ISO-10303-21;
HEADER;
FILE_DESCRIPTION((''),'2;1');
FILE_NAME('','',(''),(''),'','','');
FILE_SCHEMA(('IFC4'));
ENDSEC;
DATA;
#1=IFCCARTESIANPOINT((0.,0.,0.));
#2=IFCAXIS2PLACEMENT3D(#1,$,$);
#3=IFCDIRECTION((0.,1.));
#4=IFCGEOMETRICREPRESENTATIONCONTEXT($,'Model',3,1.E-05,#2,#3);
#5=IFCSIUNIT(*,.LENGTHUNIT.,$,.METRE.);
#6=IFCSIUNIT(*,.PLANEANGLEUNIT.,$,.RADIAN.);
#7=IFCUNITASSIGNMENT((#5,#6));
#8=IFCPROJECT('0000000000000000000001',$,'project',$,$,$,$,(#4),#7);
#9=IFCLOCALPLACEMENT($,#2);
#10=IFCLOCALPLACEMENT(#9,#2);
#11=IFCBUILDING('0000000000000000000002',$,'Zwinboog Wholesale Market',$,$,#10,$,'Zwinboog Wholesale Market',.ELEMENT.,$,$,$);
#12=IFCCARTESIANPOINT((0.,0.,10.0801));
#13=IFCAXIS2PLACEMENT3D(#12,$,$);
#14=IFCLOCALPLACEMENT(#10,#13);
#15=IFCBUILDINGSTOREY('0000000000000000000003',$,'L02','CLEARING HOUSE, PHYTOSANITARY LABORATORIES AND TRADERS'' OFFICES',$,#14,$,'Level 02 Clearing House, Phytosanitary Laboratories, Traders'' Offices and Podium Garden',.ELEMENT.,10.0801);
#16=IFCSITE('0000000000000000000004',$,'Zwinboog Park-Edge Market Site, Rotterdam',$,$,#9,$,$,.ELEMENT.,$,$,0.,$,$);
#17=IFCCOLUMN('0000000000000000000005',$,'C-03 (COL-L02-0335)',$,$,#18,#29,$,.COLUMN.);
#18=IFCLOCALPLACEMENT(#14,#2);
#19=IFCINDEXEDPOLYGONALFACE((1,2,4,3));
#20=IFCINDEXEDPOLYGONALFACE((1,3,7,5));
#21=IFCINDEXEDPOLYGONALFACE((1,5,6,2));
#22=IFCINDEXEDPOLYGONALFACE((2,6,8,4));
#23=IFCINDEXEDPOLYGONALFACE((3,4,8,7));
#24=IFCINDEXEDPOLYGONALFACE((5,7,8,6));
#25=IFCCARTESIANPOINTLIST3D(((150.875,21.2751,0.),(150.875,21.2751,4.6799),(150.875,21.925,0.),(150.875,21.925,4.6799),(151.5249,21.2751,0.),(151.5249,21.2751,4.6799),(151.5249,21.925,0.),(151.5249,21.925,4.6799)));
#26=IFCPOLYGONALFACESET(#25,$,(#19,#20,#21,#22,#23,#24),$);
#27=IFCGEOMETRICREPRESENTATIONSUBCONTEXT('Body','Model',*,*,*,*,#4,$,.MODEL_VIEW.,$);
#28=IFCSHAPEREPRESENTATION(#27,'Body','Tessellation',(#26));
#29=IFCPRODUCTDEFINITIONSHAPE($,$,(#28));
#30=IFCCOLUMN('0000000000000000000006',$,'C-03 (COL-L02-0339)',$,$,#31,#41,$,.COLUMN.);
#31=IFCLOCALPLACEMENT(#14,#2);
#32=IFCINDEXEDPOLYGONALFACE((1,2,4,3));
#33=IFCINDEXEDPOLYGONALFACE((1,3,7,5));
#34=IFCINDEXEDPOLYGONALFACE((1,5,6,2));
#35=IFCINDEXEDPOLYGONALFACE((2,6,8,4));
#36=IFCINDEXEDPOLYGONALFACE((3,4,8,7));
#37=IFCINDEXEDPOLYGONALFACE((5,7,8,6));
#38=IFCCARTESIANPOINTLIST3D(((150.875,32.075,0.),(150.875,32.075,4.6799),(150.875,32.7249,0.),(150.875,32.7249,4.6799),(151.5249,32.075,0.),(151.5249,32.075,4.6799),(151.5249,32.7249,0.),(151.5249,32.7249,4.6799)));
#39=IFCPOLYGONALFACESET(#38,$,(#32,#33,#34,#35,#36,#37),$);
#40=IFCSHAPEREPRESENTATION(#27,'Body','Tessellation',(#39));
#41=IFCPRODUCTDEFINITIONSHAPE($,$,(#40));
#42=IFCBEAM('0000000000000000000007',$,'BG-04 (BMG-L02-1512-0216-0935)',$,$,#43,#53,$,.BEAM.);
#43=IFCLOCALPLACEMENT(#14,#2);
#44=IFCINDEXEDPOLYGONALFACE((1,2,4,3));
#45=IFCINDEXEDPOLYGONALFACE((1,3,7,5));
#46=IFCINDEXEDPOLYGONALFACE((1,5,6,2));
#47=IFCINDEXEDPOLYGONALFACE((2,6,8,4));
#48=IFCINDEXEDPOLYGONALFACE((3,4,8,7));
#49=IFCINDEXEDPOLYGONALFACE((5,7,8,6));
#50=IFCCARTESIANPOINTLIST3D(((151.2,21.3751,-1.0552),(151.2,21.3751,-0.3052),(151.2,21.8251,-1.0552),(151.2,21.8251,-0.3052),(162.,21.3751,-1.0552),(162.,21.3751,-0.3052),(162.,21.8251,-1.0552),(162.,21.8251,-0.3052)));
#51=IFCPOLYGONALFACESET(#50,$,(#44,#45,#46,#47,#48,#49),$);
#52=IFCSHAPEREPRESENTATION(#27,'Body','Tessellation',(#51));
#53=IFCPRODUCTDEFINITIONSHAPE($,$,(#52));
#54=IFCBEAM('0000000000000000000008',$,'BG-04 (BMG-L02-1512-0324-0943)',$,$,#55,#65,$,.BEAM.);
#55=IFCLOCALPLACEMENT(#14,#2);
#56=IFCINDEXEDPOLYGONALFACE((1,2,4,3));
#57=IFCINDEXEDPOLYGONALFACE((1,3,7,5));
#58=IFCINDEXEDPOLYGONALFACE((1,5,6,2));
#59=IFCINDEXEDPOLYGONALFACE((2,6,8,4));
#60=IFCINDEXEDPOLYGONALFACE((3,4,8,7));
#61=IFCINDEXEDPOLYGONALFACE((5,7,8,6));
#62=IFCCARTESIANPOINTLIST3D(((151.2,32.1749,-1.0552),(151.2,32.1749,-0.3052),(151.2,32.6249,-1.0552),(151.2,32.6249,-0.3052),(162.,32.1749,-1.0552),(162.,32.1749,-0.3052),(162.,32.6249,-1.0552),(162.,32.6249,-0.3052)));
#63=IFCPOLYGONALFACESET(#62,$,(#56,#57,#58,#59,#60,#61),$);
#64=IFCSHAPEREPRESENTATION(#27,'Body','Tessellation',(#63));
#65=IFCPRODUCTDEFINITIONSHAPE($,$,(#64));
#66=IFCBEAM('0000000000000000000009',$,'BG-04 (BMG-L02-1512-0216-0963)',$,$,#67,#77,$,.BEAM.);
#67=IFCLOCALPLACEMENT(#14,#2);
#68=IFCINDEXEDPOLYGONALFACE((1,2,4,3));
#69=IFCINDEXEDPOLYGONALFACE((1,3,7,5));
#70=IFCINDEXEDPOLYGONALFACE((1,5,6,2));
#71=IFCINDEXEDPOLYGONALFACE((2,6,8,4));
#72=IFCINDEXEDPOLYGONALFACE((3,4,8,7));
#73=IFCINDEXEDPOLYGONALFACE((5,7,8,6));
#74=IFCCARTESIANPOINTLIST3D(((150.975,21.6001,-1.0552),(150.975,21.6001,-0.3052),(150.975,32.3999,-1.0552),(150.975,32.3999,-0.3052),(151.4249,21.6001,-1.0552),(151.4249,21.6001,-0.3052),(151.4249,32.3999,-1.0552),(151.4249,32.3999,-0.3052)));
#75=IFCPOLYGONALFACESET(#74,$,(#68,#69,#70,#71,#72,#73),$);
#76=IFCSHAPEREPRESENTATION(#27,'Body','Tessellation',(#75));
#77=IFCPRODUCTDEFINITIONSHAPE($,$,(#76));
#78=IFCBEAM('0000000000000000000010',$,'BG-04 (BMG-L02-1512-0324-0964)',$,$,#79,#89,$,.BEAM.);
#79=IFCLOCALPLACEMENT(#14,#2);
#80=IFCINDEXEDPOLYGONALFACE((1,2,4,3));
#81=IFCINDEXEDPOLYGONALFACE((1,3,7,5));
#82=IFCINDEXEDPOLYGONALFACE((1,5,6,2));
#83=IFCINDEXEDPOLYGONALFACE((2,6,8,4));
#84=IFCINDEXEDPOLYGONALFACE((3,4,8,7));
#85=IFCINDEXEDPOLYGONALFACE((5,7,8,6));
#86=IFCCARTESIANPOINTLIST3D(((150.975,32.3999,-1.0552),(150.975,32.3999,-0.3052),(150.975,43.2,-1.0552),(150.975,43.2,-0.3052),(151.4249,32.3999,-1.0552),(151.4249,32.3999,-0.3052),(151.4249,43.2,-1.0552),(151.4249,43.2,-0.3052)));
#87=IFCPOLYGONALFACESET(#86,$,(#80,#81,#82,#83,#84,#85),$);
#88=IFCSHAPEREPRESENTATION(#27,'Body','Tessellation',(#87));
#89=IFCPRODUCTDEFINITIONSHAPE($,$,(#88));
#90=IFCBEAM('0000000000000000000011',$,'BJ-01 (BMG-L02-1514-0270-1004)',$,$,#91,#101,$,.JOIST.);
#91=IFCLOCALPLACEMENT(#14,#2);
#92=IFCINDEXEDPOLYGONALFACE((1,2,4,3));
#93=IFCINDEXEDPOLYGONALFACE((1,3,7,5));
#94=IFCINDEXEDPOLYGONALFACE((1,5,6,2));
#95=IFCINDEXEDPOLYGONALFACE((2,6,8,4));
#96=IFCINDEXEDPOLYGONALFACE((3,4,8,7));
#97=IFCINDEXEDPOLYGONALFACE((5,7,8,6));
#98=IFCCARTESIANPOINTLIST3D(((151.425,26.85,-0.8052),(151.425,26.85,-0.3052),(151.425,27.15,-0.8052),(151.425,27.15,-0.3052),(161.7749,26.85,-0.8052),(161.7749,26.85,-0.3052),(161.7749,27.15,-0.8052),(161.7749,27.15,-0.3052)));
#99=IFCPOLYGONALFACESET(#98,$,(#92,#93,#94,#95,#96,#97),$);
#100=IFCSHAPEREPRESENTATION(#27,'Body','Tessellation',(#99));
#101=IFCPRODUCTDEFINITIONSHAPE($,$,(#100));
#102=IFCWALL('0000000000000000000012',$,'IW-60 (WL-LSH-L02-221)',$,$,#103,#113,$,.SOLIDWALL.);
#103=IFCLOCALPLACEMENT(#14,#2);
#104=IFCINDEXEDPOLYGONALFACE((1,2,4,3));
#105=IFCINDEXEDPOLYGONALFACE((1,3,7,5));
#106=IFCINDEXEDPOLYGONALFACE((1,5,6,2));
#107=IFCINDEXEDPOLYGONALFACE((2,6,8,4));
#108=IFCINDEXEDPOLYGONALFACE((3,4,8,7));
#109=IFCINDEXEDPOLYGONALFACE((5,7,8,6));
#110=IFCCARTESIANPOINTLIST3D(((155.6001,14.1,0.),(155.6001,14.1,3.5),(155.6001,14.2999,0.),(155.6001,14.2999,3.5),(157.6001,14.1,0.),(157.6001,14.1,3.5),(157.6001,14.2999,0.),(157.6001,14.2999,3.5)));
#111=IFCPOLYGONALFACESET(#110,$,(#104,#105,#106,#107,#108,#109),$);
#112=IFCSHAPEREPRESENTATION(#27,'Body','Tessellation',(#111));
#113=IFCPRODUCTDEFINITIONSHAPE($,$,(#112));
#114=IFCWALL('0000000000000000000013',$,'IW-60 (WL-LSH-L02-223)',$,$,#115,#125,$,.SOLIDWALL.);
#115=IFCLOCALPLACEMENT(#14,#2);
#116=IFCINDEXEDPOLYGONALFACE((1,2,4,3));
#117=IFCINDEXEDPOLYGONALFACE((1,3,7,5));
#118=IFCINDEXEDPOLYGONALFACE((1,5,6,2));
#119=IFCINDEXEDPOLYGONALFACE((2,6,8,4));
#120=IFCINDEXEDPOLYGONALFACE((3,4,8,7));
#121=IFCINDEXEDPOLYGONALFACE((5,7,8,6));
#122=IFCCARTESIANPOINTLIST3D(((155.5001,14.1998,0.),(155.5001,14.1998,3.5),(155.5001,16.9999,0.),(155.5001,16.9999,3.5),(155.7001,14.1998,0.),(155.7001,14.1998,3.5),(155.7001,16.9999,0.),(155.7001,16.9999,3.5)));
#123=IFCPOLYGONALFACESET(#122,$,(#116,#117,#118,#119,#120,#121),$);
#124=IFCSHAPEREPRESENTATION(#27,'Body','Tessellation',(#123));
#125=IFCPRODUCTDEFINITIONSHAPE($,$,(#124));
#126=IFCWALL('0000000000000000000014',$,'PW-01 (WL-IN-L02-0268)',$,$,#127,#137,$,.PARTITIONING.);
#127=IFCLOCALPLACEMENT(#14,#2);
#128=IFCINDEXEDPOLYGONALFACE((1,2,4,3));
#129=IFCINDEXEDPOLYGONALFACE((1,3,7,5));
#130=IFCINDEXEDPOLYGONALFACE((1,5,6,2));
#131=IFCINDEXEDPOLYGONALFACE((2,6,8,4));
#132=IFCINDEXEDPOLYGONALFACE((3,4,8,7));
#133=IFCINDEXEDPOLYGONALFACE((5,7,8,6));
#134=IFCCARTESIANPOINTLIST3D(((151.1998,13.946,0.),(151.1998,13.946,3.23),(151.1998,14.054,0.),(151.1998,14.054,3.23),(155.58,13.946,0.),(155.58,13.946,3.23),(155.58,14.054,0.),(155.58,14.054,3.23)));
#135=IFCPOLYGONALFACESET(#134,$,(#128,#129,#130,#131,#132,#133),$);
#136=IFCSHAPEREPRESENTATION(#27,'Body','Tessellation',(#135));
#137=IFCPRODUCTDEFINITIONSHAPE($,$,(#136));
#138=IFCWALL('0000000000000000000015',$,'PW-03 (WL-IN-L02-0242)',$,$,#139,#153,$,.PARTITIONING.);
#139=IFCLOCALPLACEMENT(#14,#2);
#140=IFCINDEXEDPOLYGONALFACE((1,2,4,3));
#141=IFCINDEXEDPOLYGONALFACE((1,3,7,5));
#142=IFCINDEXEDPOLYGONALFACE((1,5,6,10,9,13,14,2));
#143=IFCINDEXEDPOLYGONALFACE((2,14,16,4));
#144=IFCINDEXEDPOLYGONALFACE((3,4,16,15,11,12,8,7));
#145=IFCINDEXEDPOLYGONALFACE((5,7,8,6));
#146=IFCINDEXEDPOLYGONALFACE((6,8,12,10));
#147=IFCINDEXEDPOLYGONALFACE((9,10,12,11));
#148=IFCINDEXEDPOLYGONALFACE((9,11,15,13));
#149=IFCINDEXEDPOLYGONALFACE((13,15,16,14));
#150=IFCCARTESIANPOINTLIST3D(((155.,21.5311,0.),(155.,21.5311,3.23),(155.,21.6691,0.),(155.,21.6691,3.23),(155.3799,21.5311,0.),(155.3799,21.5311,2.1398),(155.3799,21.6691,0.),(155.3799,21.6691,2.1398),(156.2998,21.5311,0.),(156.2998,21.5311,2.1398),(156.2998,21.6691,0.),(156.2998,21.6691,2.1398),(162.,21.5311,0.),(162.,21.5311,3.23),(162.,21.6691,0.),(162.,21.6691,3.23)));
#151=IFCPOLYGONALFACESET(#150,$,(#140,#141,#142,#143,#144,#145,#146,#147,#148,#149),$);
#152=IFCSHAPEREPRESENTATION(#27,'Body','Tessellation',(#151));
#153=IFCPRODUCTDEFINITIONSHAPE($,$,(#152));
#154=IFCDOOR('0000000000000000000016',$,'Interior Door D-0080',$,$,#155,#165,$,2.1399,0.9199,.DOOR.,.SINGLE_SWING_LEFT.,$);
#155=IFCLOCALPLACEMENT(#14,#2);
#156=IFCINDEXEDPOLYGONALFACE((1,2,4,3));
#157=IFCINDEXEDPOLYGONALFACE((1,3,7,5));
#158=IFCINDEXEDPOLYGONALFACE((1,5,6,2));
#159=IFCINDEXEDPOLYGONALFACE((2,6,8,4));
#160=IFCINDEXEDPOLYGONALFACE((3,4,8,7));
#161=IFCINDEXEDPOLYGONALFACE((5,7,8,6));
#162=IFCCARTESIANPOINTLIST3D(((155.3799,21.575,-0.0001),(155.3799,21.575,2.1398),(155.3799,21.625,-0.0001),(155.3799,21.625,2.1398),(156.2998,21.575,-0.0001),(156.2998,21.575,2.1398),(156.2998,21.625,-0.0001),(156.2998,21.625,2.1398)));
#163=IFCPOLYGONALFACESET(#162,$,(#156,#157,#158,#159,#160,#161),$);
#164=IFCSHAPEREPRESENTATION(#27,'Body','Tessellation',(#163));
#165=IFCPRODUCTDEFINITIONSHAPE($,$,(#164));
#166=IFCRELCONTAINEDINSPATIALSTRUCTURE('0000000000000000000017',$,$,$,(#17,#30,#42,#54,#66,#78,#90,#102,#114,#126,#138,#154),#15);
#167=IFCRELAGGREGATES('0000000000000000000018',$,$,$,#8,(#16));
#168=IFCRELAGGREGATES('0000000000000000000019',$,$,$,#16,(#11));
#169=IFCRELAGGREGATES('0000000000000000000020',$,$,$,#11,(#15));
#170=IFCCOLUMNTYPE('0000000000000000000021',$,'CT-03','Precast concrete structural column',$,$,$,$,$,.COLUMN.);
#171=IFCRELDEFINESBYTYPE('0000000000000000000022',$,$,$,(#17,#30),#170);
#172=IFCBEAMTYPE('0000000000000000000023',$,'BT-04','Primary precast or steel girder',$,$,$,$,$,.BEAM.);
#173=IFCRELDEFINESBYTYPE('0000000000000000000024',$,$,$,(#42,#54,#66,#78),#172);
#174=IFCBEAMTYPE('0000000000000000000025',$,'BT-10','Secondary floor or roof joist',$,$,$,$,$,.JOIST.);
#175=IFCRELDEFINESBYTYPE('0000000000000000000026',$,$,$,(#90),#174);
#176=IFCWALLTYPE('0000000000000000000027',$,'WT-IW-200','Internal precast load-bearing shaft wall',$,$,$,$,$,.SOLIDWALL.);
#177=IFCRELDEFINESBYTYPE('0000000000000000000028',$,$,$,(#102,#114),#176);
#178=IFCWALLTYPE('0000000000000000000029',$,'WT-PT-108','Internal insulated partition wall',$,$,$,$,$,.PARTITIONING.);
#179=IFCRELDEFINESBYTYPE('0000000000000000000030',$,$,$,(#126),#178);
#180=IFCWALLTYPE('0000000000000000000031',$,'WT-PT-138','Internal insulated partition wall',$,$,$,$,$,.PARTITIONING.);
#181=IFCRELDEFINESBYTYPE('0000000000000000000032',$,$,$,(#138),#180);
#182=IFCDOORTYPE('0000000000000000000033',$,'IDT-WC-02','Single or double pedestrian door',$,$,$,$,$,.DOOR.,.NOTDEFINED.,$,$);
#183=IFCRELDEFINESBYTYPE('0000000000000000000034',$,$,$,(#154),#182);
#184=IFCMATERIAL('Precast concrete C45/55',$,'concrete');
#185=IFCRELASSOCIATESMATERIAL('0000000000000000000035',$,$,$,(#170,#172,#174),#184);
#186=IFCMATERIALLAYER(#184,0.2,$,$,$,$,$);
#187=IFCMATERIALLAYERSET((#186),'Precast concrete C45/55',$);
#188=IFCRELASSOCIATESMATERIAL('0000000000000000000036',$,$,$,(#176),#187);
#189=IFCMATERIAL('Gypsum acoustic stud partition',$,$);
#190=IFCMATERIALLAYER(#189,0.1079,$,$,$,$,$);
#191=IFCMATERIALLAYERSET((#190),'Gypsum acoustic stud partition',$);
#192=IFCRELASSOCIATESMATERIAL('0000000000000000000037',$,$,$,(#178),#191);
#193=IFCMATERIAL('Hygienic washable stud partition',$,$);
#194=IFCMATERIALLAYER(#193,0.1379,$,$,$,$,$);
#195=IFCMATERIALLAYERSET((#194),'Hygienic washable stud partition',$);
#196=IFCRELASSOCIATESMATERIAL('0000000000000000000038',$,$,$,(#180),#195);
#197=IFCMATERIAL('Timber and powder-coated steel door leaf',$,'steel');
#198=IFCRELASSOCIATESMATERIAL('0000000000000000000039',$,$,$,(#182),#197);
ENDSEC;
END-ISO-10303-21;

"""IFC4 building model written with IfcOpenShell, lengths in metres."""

from ifc_helpers import new_model, si_unit, direction, frame, frame_2d, origin, origin_2d, place, context, subcontext, project, spatial, rectangle, extrude, material, layer, layer_set, material_profile, profile_set, type_object, element, fill, save


model = new_model("IFC4")

# Units and contexts
model_context = context("Model", 3, precision=1e-05, world=origin(), true_north=direction((0.0, 1.0)))
body_context = subcontext(model_context, "Body", "Model", "MODEL_VIEW")
ifc_project = project(units=[si_unit("LENGTHUNIT", "METRE"), si_unit("PLANEANGLEUNIT", "RADIAN")], contexts=[model_context])

# Site, building, storey
site_placement = place(None, origin())
site = spatial("IfcSite", under=ifc_project, at=site_placement, Name="Zwinboog Park-Edge Market Site, Rotterdam", CompositionType="ELEMENT", RefElevation=0.0)
building_placement = place(site_placement, origin())
building = spatial("IfcBuilding", under=site, at=building_placement, Name="Zwinboog Wholesale Market", LongName="Zwinboog Wholesale Market", CompositionType="ELEMENT")
storey_placement = place(building_placement, frame((0.0, 0.0, 10.0801)))
storey = spatial("IfcBuildingStorey", under=building, at=storey_placement, Name="L02", Description="CLEARING HOUSE, PHYTOSANITARY LABORATORIES AND TRADERS' OFFICES", LongName="Level 02 Clearing House, Phytosanitary Laboratories, Traders' Offices and Podium Garden", CompositionType="ELEMENT", Elevation=10.0801)

# Columns
ifc_material_1 = material(Name="Precast concrete C45/55", Category="concrete")
ifc_material_profile_1 = material_profile(ifc_material_1, rectangle(XDim=0.6499, YDim=0.6499, at=origin_2d()), Name="PC 650x650")
ifc_profile_set_1 = profile_set([ifc_material_profile_1], Name="Precast concrete C45/55")
column_type = type_object("IfcColumnType", Name="CT-03", Description="Precast concrete structural column", PredefinedType="COLUMN", material=ifc_profile_set_1)
for number, where, z_axis, x_axis, name in (
    (1, (151.2, 21.6001, 0.0), (0.0, 0.0, 1.0), (1.0, 0.0, 0.0), "C-03 (COL-L02-0335)"),
    (2, (151.2, 32.3999, 0.0), (0.0, 0.0, 1.0), (1.0, 0.0, 0.0), "C-03 (COL-L02-0339)"),
):
    element("IfcColumn", number, at=place(storey_placement, frame(where, z_axis=z_axis, x_axis=x_axis)), inside=storey, type_object=column_type, Name=name, PredefinedType="COLUMN", context=body_context, shape_type="SweptSolid", body=[
        extrude(rectangle(XDim=0.6499, YDim=0.6499, at=origin_2d()), origin(), (0.0, 0.0, 1.0), 4.6799),
    ])

# Beams
ifc_material_profile_2 = material_profile(ifc_material_1, rectangle(XDim=0.45, YDim=0.75, at=origin_2d()), Name="PC 450x750")
ifc_profile_set_2 = profile_set([ifc_material_profile_2], Name="Precast concrete C45/55")
beam_type_1 = type_object("IfcBeamType", Name="BT-04", Description="Primary precast or steel girder", PredefinedType="BEAM", material=ifc_profile_set_2)
for number, where, z_axis, x_axis, name in (
    (3, (151.2, 21.6001, -0.6802), (1.0, 0.0, 0.0), (0.0, 1.0, 0.0), "BG-04 (BMG-L02-1512-0216-0935)"),
    (4, (151.2, 32.3999, -0.6802), (1.0, 0.0, 0.0), (0.0, 1.0, 0.0), "BG-04 (BMG-L02-1512-0324-0943)"),
):
    element("IfcBeam", number, at=place(storey_placement, frame(where, z_axis=z_axis, x_axis=x_axis)), inside=storey, type_object=beam_type_1, Name=name, PredefinedType="BEAM", context=body_context, shape_type="SweptSolid", body=[
        extrude(rectangle(XDim=0.45, YDim=0.75, at=origin_2d()), origin(), (0.0, 0.0, 1.0), 10.8),
    ])
beam_1_placement = place(storey_placement, frame((151.2, 21.6001, -0.6802), z_axis=(0.0, 1.0, 0.0), x_axis=(-1.0, 0.0, 0.0)))
element("IfcBeam", 5, at=beam_1_placement, inside=storey, type_object=beam_type_1, Name="BG-04 (BMG-L02-1512-0216-0963)", PredefinedType="BEAM", context=body_context, shape_type="SweptSolid", body=[
    extrude(rectangle(XDim=0.45, YDim=0.75, at=origin_2d()), origin(), (0.0, 0.0, 1.0), 10.7998),
])
beam_2_placement = place(storey_placement, frame((151.2, 32.3999, -0.6802), z_axis=(0.0, 1.0, 0.0), x_axis=(-1.0, 0.0, 0.0)))
element("IfcBeam", 6, at=beam_2_placement, inside=storey, type_object=beam_type_1, Name="BG-04 (BMG-L02-1512-0324-0964)", PredefinedType="BEAM", context=body_context, shape_type="SweptSolid", body=[
    extrude(rectangle(XDim=0.45, YDim=0.75, at=origin_2d()), origin(), (0.0, 0.0, 1.0), 10.8),
])
ifc_material_profile_3 = material_profile(ifc_material_1, rectangle(XDim=0.3, YDim=0.5, at=origin_2d()), Name="PC 300x500")
ifc_profile_set_3 = profile_set([ifc_material_profile_3], Name="Precast concrete C45/55")
beam_type_2 = type_object("IfcBeamType", Name="BT-10", Description="Secondary floor or roof joist", PredefinedType="JOIST", material=ifc_profile_set_3)
beam_3_placement = place(storey_placement, frame((151.425, 27.0, -0.5552), z_axis=(1.0, 0.0, 0.0), x_axis=(0.0, 1.0, 0.0)))
element("IfcBeam", 7, at=beam_3_placement, inside=storey, type_object=beam_type_2, Name="BJ-01 (BMG-L02-1514-0270-1004)", PredefinedType="JOIST", context=body_context, shape_type="SweptSolid", body=[
    extrude(rectangle(XDim=0.3, YDim=0.5, at=origin_2d()), origin(), (0.0, 0.0, 1.0), 10.3499),
])

# Walls
ifc_layer_1 = layer(ifc_material_1, 0.2)
ifc_layer_set_1 = layer_set([ifc_layer_1], Name="Precast concrete C45/55")
wall_type_1 = type_object("IfcWallType", Name="WT-IW-200", Description="Internal precast load-bearing shaft wall", PredefinedType="SOLIDWALL", material=ifc_layer_set_1)
wall_1_placement = place(storey_placement, frame((155.6001, 14.2, 0.0), z_axis=(0.0, 0.0, 1.0), x_axis=(1.0, 0.0, 0.0)))
element("IfcWall", 8, at=wall_1_placement, inside=storey, type_object=wall_type_1, Name="IW-60 (WL-LSH-L02-221)", PredefinedType="SOLIDWALL", context=body_context, shape_type="SweptSolid", body=[
    extrude(rectangle(XDim=2.0, YDim=0.2, at=frame_2d((1.0, 0.0))), origin(), (0.0, 0.0, 1.0), 3.5),
])
wall_2_placement = place(storey_placement, frame((155.6001, 14.2, 0.0), z_axis=(0.0, 0.0, 1.0), x_axis=(0.0, 1.0, 0.0)))
element("IfcWall", 9, at=wall_2_placement, inside=storey, type_object=wall_type_1, Name="IW-60 (WL-LSH-L02-223)", PredefinedType="SOLIDWALL", context=body_context, shape_type="SweptSolid", body=[
    extrude(rectangle(XDim=2.8, YDim=0.2, at=frame_2d((1.3999, 0.0))), origin(), (0.0, 0.0, 1.0), 3.5),
])
ifc_material_2 = material(Name="Gypsum acoustic stud partition")
ifc_layer_2 = layer(ifc_material_2, 0.1079)
ifc_layer_set_2 = layer_set([ifc_layer_2], Name="Gypsum acoustic stud partition")
wall_type_2 = type_object("IfcWallType", Name="WT-PT-108", Description="Internal insulated partition wall", PredefinedType="PARTITIONING", material=ifc_layer_set_2)
wall_3_placement = place(storey_placement, frame((151.2, 14.0, 0.0), z_axis=(0.0, 0.0, 1.0), x_axis=(1.0, 0.0, 0.0)))
element("IfcWall", 10, at=wall_3_placement, inside=storey, type_object=wall_type_2, Name="PW-01 (WL-IN-L02-0268)", PredefinedType="PARTITIONING", context=body_context, shape_type="SweptSolid", body=[
    extrude(rectangle(XDim=4.3801, YDim=0.1079, at=frame_2d((2.1899, 0.0))), origin(), (0.0, 0.0, 1.0), 3.23),
])

# Wall, opening, door
ifc_material_3 = material(Name="Hygienic washable stud partition")
ifc_layer_3 = layer(ifc_material_3, 0.1379)
ifc_layer_set_3 = layer_set([ifc_layer_3], Name="Hygienic washable stud partition")
wall_type_3 = type_object("IfcWallType", Name="WT-PT-138", Description="Internal insulated partition wall", PredefinedType="PARTITIONING", material=ifc_layer_set_3)
wall_4_placement = place(storey_placement, frame((155.0, 21.6001, 0.0), z_axis=(0.0, 0.0, 1.0), x_axis=(1.0, 0.0, 0.0)))
wall_4 = element("IfcWall", 11, at=wall_4_placement, inside=storey, type_object=wall_type_3, Name="PW-03 (WL-IN-L02-0242)", PredefinedType="PARTITIONING", context=body_context, shape_type="SweptSolid", body=[
    extrude(rectangle(XDim=7.0, YDim=0.1379, at=frame_2d((3.5, 0.0))), origin(), (0.0, 0.0, 1.0), 3.23),
])
opening_1_placement = place(wall_4_placement, frame((0.3799, 0.0, 0.0)))
opening_1 = element("IfcOpeningElement", 12, at=opening_1_placement, cuts=wall_4, PredefinedType="OPENING", context=body_context, shape_type="SweptSolid", body=[
    extrude(rectangle(XDim=0.9199, YDim=2.1399, at=frame_2d((0.46, 1.0698))), frame((0.0, 0.0789, 0.0), z_axis=(0.0, -1.0, 0.0), x_axis=(1.0, 0.0, 0.0)), (0.0, 0.0, 1.0), 0.158),
])
ifc_material_4 = material(Name="Timber and powder-coated steel door leaf", Category="steel")
door_type_1 = type_object("IfcDoorType", Name="IDT-WC-02", Description="Single or double pedestrian door", OperationType="NOTDEFINED", PredefinedType="DOOR", material=ifc_material_4)
door_1_placement = place(opening_1_placement, origin())
door_1 = element("IfcDoor", 13, at=door_1_placement, inside=storey, type_object=door_type_1, Name="Interior Door D-0080", OperationType="SINGLE_SWING_LEFT", OverallHeight=2.1399, OverallWidth=0.9199, PredefinedType="DOOR", context=body_context, shape_type="SweptSolid", body=[
    extrude(rectangle(XDim=0.9199, YDim=2.1399, at=frame_2d((0.46, 1.0698))), frame((0.0, 0.0249, 0.0), z_axis=(0.0, -1.0, 0.0), x_axis=(1.0, 0.0, 0.0)), (0.0, 0.0, 1.0), 0.05),
])
fill(opening_1, door_1)

save(model, "model.ifc")
